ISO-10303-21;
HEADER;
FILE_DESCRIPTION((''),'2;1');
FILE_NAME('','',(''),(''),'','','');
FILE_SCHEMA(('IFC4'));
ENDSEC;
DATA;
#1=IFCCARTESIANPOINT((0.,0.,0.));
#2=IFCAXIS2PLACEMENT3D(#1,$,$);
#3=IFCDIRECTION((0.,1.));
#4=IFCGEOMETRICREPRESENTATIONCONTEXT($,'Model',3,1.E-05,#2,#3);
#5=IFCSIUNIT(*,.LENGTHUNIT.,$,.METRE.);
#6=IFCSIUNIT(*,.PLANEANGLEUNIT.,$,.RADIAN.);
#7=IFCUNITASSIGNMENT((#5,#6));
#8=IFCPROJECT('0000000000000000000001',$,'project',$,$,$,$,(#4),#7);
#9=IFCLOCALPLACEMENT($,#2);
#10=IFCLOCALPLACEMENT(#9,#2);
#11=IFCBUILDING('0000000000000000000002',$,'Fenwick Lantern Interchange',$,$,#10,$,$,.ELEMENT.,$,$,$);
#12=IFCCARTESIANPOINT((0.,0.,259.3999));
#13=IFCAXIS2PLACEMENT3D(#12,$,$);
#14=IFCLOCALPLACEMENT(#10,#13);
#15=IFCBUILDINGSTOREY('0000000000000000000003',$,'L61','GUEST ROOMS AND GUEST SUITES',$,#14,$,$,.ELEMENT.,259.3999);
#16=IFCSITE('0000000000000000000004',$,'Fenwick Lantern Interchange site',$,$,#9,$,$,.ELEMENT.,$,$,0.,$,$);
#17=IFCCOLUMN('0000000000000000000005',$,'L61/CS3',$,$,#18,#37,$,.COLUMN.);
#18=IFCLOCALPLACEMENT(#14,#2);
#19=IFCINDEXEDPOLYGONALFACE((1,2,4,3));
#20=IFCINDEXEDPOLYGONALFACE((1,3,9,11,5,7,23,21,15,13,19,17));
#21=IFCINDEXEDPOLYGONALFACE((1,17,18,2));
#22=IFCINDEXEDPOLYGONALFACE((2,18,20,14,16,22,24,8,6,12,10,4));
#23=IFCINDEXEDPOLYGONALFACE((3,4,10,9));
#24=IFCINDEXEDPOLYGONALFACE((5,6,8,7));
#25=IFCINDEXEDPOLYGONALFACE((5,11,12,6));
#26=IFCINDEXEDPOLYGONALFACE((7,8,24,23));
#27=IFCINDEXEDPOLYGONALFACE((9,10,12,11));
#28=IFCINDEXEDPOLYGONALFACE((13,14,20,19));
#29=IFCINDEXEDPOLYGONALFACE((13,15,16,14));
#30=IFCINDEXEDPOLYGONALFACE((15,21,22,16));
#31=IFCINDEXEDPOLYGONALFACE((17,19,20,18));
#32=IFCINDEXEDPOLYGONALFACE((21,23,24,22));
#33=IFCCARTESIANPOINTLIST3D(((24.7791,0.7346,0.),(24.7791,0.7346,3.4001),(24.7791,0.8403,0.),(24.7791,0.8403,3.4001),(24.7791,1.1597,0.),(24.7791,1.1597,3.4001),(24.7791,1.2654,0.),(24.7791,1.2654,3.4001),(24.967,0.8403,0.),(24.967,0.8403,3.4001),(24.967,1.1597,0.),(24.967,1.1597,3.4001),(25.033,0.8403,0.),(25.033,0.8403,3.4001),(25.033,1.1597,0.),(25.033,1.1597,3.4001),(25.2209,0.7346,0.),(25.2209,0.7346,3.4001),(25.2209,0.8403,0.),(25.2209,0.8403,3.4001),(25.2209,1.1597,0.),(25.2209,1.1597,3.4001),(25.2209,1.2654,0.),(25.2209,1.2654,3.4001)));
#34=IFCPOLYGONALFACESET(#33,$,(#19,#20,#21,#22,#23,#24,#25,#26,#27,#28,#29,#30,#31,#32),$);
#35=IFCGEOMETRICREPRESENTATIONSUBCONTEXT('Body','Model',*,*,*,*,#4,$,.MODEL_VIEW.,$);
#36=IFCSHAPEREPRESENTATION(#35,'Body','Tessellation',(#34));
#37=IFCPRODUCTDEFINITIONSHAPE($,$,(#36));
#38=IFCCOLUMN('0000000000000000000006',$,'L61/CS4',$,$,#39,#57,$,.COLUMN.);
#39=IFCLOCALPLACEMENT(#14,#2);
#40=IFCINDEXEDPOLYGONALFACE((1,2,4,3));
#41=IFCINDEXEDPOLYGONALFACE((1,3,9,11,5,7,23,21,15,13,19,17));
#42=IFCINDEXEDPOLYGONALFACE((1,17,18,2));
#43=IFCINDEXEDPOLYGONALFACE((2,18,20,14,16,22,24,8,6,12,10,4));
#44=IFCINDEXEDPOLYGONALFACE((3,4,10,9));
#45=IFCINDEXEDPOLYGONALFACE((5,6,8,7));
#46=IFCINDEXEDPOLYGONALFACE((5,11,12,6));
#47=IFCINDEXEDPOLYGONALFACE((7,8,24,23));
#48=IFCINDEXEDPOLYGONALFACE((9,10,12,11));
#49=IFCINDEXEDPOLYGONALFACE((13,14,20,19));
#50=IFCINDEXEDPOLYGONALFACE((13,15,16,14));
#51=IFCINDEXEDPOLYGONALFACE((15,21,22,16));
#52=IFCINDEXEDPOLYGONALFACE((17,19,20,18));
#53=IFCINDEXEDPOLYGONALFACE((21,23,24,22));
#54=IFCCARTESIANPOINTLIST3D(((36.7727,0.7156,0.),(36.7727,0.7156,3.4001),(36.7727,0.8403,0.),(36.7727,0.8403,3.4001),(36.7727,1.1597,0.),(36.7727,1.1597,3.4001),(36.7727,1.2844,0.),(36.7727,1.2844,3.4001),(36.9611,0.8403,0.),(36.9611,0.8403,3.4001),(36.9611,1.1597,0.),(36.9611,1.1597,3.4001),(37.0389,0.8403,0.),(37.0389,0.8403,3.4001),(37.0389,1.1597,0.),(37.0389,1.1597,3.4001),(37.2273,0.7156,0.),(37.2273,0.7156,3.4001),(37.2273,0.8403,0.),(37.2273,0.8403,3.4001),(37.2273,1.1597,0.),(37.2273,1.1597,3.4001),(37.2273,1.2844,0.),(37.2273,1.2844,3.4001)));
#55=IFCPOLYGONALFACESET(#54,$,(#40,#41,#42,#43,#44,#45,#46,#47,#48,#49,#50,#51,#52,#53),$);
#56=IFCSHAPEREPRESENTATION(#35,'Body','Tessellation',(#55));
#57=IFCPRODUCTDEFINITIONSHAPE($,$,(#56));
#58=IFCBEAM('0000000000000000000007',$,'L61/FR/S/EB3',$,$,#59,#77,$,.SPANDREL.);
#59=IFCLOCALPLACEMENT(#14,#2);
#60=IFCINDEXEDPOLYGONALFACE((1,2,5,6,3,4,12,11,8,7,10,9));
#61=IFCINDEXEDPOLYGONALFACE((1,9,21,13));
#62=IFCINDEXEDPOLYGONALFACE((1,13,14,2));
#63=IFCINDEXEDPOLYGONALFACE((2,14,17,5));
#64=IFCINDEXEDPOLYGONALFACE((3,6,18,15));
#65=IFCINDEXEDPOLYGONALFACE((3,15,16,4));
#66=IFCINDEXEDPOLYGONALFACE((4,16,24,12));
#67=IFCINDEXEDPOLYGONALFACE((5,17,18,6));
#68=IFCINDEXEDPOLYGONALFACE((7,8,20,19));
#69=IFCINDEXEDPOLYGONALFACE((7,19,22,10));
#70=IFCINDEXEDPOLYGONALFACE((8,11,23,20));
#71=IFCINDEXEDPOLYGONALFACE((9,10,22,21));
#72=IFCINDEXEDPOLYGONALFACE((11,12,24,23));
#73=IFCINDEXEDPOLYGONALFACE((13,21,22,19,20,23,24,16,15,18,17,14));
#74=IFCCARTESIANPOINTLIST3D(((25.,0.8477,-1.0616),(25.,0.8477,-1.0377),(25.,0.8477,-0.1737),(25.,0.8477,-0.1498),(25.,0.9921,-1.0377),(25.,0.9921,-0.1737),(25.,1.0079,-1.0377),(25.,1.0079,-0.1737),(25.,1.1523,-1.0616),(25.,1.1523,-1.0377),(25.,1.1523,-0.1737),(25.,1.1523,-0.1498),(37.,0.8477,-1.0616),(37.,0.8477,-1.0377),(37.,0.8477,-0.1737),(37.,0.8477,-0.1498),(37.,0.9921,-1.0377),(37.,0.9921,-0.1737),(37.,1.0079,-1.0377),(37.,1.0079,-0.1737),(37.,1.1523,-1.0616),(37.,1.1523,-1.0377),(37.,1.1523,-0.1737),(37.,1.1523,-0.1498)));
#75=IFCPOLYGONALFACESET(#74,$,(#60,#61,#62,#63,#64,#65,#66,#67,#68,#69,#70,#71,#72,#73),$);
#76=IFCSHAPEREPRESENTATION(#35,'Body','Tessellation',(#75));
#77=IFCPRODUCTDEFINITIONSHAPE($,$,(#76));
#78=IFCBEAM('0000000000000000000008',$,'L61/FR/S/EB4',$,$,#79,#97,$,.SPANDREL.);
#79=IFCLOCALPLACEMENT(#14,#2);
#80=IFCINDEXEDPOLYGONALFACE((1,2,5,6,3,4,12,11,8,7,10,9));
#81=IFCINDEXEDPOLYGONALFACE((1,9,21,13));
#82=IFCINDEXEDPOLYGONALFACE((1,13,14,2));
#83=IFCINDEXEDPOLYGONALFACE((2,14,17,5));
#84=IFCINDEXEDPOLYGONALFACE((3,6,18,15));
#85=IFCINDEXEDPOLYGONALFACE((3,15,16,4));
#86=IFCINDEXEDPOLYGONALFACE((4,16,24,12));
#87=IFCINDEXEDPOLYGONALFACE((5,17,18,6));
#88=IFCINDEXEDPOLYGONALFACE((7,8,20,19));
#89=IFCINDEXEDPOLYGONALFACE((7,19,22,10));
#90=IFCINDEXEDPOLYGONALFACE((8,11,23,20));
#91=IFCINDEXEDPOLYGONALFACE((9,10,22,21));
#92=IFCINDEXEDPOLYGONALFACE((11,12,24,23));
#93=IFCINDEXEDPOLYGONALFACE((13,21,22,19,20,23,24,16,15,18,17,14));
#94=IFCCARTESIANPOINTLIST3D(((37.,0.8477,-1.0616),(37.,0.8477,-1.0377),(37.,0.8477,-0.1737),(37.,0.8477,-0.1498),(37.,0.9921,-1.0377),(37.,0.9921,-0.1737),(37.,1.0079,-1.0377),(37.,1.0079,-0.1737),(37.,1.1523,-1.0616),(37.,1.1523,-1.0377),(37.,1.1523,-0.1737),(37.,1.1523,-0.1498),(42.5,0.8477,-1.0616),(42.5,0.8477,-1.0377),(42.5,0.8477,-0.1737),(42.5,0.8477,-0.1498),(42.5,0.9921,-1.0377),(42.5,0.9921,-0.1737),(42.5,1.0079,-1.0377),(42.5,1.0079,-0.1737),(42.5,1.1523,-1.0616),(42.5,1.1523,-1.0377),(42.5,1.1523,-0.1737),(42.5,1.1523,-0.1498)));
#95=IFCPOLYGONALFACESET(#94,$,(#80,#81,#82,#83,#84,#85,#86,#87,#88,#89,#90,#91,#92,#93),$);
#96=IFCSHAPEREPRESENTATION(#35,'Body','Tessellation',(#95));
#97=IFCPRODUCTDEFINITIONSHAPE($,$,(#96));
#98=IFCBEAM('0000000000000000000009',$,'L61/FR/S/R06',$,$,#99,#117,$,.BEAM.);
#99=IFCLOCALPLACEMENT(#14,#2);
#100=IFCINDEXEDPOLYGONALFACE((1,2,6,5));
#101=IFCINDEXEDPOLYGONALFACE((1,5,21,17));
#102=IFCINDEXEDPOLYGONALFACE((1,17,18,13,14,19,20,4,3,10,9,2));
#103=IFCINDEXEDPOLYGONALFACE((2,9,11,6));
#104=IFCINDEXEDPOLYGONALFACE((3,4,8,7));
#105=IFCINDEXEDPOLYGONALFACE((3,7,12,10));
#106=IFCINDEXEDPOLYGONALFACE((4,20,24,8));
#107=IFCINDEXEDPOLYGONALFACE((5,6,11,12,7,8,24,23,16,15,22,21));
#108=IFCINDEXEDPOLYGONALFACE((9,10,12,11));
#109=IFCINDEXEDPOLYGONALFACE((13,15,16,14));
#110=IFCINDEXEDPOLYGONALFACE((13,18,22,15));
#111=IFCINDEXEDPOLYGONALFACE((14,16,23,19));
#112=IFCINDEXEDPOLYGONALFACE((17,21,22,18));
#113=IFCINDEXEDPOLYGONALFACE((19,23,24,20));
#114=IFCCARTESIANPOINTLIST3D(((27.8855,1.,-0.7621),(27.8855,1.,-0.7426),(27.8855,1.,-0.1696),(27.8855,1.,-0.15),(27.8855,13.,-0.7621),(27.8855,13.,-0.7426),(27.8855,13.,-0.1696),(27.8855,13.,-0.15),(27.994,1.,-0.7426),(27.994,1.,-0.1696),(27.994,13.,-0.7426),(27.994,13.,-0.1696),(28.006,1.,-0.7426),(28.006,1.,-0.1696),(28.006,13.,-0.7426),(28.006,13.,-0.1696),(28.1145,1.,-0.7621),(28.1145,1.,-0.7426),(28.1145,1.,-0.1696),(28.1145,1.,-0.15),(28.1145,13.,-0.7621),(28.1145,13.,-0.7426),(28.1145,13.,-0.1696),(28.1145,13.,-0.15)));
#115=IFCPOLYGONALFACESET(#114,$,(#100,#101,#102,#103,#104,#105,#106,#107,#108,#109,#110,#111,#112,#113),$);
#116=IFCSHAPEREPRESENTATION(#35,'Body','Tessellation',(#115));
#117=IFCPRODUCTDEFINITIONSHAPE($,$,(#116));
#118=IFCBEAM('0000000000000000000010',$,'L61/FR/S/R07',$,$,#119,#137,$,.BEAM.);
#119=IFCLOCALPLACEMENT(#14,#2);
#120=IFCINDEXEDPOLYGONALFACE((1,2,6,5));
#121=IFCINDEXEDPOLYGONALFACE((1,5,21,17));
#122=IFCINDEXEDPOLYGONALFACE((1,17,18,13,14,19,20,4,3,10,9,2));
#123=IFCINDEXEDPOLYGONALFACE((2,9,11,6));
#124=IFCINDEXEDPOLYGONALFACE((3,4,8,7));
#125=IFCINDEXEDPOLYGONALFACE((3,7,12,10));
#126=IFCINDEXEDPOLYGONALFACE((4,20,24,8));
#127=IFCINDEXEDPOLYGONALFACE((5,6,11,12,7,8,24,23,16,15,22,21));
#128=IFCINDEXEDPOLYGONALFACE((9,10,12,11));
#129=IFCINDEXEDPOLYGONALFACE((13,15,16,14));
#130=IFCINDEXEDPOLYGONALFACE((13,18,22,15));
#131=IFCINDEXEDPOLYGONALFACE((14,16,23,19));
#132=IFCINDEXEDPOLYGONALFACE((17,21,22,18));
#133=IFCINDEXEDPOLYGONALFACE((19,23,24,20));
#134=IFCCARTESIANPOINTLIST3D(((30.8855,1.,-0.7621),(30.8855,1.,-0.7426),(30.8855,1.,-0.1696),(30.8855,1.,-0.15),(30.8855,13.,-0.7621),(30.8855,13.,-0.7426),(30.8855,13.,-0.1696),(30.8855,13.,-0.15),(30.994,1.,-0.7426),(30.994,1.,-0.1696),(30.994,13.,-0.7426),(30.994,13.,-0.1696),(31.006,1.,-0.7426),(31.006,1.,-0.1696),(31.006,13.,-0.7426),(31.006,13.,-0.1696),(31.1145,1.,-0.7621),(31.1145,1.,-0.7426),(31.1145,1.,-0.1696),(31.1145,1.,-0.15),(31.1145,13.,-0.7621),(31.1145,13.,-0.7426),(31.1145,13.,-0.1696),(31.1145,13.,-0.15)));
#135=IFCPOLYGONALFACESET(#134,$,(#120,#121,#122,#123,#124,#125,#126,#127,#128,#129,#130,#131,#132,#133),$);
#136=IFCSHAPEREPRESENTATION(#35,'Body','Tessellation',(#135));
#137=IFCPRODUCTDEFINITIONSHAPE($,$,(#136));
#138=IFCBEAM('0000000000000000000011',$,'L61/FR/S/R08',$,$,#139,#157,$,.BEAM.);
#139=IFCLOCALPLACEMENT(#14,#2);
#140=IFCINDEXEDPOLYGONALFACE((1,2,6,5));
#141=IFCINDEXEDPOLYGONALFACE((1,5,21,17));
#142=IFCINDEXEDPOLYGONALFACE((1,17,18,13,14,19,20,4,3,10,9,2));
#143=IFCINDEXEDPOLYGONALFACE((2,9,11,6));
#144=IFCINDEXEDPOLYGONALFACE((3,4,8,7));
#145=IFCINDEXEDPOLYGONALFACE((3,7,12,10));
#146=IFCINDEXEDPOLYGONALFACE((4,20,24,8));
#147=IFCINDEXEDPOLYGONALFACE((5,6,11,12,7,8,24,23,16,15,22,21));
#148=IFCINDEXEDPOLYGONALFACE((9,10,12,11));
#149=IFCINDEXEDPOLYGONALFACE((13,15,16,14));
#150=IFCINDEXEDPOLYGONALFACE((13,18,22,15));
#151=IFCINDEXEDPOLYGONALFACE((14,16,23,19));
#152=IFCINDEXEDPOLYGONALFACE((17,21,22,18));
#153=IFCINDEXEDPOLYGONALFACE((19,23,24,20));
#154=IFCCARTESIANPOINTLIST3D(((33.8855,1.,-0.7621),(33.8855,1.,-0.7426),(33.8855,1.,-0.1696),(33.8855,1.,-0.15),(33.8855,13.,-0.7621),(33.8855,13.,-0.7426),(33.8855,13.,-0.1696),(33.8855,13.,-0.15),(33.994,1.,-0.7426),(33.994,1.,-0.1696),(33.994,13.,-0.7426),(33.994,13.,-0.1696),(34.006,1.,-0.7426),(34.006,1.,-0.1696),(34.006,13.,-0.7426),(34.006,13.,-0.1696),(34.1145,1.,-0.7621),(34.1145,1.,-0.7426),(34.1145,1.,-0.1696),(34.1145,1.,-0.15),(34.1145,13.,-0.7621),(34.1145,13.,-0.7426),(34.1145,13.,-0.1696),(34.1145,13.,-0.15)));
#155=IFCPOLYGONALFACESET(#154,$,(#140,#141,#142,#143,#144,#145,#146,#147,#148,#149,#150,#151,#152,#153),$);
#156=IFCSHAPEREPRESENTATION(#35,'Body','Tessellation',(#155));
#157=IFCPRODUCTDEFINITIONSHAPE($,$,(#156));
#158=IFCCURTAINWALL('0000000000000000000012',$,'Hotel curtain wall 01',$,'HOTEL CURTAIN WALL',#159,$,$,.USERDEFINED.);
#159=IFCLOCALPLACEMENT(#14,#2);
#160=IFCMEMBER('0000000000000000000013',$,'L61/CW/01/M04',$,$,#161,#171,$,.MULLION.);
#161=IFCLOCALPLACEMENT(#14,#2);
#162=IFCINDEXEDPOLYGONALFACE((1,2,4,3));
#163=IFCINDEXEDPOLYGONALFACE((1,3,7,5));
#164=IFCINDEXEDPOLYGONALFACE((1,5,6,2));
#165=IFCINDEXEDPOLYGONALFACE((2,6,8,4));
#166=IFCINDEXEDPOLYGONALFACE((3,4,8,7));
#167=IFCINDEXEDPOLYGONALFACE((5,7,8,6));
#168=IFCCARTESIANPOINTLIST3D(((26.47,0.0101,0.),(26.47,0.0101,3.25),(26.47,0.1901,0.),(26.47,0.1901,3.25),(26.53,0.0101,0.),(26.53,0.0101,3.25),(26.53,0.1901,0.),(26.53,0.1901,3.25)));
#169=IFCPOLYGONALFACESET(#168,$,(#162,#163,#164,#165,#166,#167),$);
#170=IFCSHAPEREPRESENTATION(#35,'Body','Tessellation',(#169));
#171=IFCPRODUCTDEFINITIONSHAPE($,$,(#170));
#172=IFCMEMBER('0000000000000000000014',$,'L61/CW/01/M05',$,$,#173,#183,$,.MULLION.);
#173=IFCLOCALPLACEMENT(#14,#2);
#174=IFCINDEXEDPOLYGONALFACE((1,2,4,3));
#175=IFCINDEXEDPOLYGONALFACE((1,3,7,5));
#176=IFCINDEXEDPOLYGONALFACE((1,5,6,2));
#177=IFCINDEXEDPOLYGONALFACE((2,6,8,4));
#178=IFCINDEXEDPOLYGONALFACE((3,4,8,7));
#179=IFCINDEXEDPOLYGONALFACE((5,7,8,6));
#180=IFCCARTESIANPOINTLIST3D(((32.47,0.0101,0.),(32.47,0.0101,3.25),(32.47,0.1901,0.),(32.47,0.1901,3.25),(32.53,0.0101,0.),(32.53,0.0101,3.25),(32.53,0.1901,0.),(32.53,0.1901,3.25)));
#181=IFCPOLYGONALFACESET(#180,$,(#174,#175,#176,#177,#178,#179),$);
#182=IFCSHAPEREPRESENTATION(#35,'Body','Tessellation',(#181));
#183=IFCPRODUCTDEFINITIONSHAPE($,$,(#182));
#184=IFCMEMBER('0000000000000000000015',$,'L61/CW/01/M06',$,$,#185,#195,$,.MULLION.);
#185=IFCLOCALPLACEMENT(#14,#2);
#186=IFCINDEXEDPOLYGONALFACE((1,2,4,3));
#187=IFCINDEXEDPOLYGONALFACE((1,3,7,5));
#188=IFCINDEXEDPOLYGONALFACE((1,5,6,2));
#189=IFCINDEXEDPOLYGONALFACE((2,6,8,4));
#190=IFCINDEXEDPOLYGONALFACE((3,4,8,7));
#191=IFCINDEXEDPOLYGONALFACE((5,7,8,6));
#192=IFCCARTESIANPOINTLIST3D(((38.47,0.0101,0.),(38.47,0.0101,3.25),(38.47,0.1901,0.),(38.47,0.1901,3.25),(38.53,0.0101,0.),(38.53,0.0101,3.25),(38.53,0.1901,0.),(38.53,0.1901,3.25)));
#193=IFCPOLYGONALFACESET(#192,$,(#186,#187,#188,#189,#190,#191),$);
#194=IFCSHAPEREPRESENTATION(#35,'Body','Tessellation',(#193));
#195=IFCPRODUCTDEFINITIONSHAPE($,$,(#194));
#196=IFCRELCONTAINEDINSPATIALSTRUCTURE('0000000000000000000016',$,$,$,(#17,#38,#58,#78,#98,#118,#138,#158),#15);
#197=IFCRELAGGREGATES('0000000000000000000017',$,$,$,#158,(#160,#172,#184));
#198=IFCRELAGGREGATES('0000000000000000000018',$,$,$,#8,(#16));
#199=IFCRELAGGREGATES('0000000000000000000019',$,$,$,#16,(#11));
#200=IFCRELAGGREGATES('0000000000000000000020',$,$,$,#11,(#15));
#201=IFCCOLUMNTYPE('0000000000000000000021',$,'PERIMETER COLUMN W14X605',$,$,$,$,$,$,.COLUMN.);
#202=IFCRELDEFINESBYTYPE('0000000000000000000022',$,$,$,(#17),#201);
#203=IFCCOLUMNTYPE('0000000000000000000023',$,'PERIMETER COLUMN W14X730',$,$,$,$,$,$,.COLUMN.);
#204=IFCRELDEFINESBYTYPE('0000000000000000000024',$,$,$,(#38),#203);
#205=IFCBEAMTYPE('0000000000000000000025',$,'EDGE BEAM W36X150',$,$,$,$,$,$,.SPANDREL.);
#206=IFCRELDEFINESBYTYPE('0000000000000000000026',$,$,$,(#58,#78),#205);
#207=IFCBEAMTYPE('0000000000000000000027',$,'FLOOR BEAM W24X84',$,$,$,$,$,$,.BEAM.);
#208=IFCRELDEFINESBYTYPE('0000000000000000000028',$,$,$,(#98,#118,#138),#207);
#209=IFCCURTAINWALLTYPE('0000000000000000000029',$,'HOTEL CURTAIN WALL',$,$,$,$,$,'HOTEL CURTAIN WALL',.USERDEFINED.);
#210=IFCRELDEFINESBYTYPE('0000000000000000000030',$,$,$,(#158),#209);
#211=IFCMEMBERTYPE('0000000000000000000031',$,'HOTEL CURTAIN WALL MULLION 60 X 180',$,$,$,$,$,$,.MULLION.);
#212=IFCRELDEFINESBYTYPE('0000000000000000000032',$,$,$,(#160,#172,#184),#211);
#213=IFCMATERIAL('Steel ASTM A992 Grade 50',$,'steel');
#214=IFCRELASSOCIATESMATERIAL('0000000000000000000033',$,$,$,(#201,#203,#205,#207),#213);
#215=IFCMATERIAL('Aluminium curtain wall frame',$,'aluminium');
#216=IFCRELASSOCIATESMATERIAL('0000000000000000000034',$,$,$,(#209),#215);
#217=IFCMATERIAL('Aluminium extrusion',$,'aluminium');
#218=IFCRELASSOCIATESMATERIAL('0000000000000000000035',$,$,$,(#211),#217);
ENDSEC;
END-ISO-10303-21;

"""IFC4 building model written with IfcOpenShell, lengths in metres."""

from ifc_helpers import new_model, si_unit, direction, frame, origin, origin_2d, place, context, subcontext, project, spatial, rectangle, i_section, extrude, material, material_profile, profile_set, type_object, element, aggregate, save


model = new_model("IFC4")

# Units and contexts
model_context = context("Model", 3, precision=1e-05, world=origin(), true_north=direction((0.0, 1.0)))
body_context = subcontext(model_context, "Body", "Model", "MODEL_VIEW")
ifc_project = project(units=[si_unit("LENGTHUNIT", "METRE"), si_unit("PLANEANGLEUNIT", "RADIAN")], contexts=[model_context])

# Site, building, storey
site_placement = place(None, origin())
site = spatial("IfcSite", under=ifc_project, at=site_placement, Name="Fenwick Lantern Interchange site", CompositionType="ELEMENT", RefElevation=0.0)
building_placement = place(site_placement, origin())
building = spatial("IfcBuilding", under=site, at=building_placement, Name="Fenwick Lantern Interchange", CompositionType="ELEMENT")
storey_placement = place(building_placement, frame((0.0, 0.0, 259.3999)))
storey = spatial("IfcBuildingStorey", under=building, at=storey_placement, Name="L61", Description="GUEST ROOMS AND GUEST SUITES", CompositionType="ELEMENT", Elevation=259.3999)

# Columns
ifc_material_1 = material(Name="Steel ASTM A992 Grade 50", Category="steel")
ifc_material_profile_1 = material_profile(ifc_material_1, i_section(OverallWidth=0.4419, OverallDepth=0.5308, WebThickness=0.0659, FlangeThickness=0.1057, at=origin_2d()), Name="W14X605")
ifc_profile_set_1 = profile_set([ifc_material_profile_1], Name="Steel ASTM A992 Grade 50")
column_type_1 = type_object("IfcColumnType", Name="PERIMETER COLUMN W14X605", PredefinedType="COLUMN", material=ifc_profile_set_1)
column_1_placement = place(storey_placement, frame((25.0, 1.0, 0.0), z_axis=(0.0, 0.0, 1.0), x_axis=(1.0, 0.0, 0.0)))
element("IfcColumn", 1, at=column_1_placement, inside=storey, type_object=column_type_1, Name="L61/CS3", PredefinedType="COLUMN", context=body_context, shape_type="SweptSolid", body=[
    extrude(i_section(OverallWidth=0.4419, OverallDepth=0.5308, WebThickness=0.0659, FlangeThickness=0.1057, at=origin_2d()), origin(), (0.0, 0.0, 1.0), 3.4001),
])
ifc_material_profile_2 = material_profile(ifc_material_1, i_section(OverallWidth=0.4546, OverallDepth=0.5688, WebThickness=0.0779, FlangeThickness=0.1248, at=origin_2d()), Name="W14X730")
ifc_profile_set_2 = profile_set([ifc_material_profile_2], Name="Steel ASTM A992 Grade 50")
column_type_2 = type_object("IfcColumnType", Name="PERIMETER COLUMN W14X730", PredefinedType="COLUMN", material=ifc_profile_set_2)
column_2_placement = place(storey_placement, frame((37.0, 1.0, 0.0), z_axis=(0.0, 0.0, 1.0), x_axis=(1.0, 0.0, 0.0)))
element("IfcColumn", 2, at=column_2_placement, inside=storey, type_object=column_type_2, Name="L61/CS4", PredefinedType="COLUMN", context=body_context, shape_type="SweptSolid", body=[
    extrude(i_section(OverallWidth=0.4546, OverallDepth=0.5688, WebThickness=0.0779, FlangeThickness=0.1248, at=origin_2d()), origin(), (0.0, 0.0, 1.0), 3.4001),
])

# Beams
ifc_material_profile_3 = material_profile(ifc_material_1, i_section(OverallWidth=0.3047, OverallDepth=0.9119, WebThickness=0.0159, FlangeThickness=0.0239, at=origin_2d()), Name="W36X150")
ifc_profile_set_3 = profile_set([ifc_material_profile_3], Name="Steel ASTM A992 Grade 50")
beam_type_1 = type_object("IfcBeamType", Name="EDGE BEAM W36X150", PredefinedType="SPANDREL", material=ifc_profile_set_3)
beam_1_placement = place(storey_placement, frame((25.0, 1.0, -0.6057), z_axis=(1.0, 0.0, 0.0), x_axis=(0.0, 1.0, 0.0)))
element("IfcBeam", 3, at=beam_1_placement, inside=storey, type_object=beam_type_1, Name="L61/FR/S/EB3", PredefinedType="SPANDREL", context=body_context, shape_type="SweptSolid", body=[
    extrude(i_section(OverallWidth=0.3047, OverallDepth=0.9119, WebThickness=0.0159, FlangeThickness=0.0239, at=origin_2d()), origin(), (0.0, 0.0, 1.0), 12.0),
])
beam_2_placement = place(storey_placement, frame((37.0, 1.0, -0.6057), z_axis=(1.0, 0.0, 0.0), x_axis=(0.0, 1.0, 0.0)))
element("IfcBeam", 4, at=beam_2_placement, inside=storey, type_object=beam_type_1, Name="L61/FR/S/EB4", PredefinedType="SPANDREL", context=body_context, shape_type="SweptSolid", body=[
    extrude(i_section(OverallWidth=0.3047, OverallDepth=0.9119, WebThickness=0.0159, FlangeThickness=0.0239, at=origin_2d()), origin(), (0.0, 0.0, 1.0), 5.5),
])
ifc_material_profile_4 = material_profile(ifc_material_1, i_section(OverallWidth=0.229, OverallDepth=0.6121, WebThickness=0.012, FlangeThickness=0.0195, at=origin_2d()), Name="W24X84")
ifc_profile_set_4 = profile_set([ifc_material_profile_4], Name="Steel ASTM A992 Grade 50")
beam_type_2 = type_object("IfcBeamType", Name="FLOOR BEAM W24X84", PredefinedType="BEAM", material=ifc_profile_set_4)
for number, where, z_axis, x_axis, name in (
    (5, (28.0, 1.0, -0.4561), (0.0, 1.0, 0.0), (-1.0, 0.0, 0.0), "L61/FR/S/R06"),
    (6, (31.0, 1.0, -0.4561), (0.0, 1.0, 0.0), (-1.0, 0.0, 0.0), "L61/FR/S/R07"),
    (7, (34.0, 1.0, -0.4561), (0.0, 1.0, 0.0), (-1.0, 0.0, 0.0), "L61/FR/S/R08"),
):
    element("IfcBeam", number, at=place(storey_placement, frame(where, z_axis=z_axis, x_axis=x_axis)), inside=storey, type_object=beam_type_2, Name=name, PredefinedType="BEAM", context=body_context, shape_type="SweptSolid", body=[
        extrude(i_section(OverallWidth=0.229, OverallDepth=0.6121, WebThickness=0.012, FlangeThickness=0.0195, at=origin_2d()), origin(), (0.0, 0.0, 1.0), 12.0),
    ])

# Curtain wall, members
ifc_material_2 = material(Name="Aluminium curtain wall frame", Category="aluminium")
curtain_wall_type = type_object("IfcCurtainWallType", Name="HOTEL CURTAIN WALL", ElementType="HOTEL CURTAIN WALL", PredefinedType="USERDEFINED", material=ifc_material_2)
curtain_wall_placement = place(storey_placement, origin())
curtain_wall = element("IfcCurtainWall", 8, at=curtain_wall_placement, inside=storey, type_object=curtain_wall_type, Name="Hotel curtain wall 01", ObjectType="HOTEL CURTAIN WALL", PredefinedType="USERDEFINED")
ifc_material_3 = material(Name="Aluminium extrusion", Category="aluminium")
ifc_material_profile_5 = material_profile(ifc_material_3, rectangle(XDim=0.1799, YDim=0.0601, at=origin_2d()), Name="HOTEL CURTAIN WALL MULLION 60 X 180")
ifc_profile_set_5 = profile_set([ifc_material_profile_5], Name="Aluminium extrusion")
member_type_1 = type_object("IfcMemberType", Name="HOTEL CURTAIN WALL MULLION 60 X 180", PredefinedType="MULLION", material=ifc_profile_set_5)
member_1_placement = place(storey_placement, frame((26.5, 0.1001, 0.0), z_axis=(0.0, 0.0, 1.0), x_axis=(0.0, 1.0, 0.0)))
member_1 = element("IfcMember", 9, at=member_1_placement, type_object=member_type_1, Name="L61/CW/01/M04", PredefinedType="MULLION", context=body_context, shape_type="SweptSolid", body=[
    extrude(rectangle(XDim=0.1799, YDim=0.0601, at=origin_2d()), origin(), (0.0, 0.0, 1.0), 3.25),
])
member_2_placement = place(storey_placement, frame((32.5, 0.1001, 0.0), z_axis=(0.0, 0.0, 1.0), x_axis=(0.0, 1.0, 0.0)))
member_2 = element("IfcMember", 10, at=member_2_placement, type_object=member_type_1, Name="L61/CW/01/M05", PredefinedType="MULLION", context=body_context, shape_type="SweptSolid", body=[
    extrude(rectangle(XDim=0.1799, YDim=0.0601, at=origin_2d()), origin(), (0.0, 0.0, 1.0), 3.25),
])
member_3_placement = place(storey_placement, frame((38.5, 0.1001, 0.0), z_axis=(0.0, 0.0, 1.0), x_axis=(0.0, 1.0, 0.0)))
member_3 = element("IfcMember", 11, at=member_3_placement, type_object=member_type_1, Name="L61/CW/01/M06", PredefinedType="MULLION", context=body_context, shape_type="SweptSolid", body=[
    extrude(rectangle(XDim=0.1799, YDim=0.0601, at=origin_2d()), origin(), (0.0, 0.0, 1.0), 3.25),
])
aggregate(curtain_wall, [member_1, member_2, member_3])

save(model, "model.ifc")
